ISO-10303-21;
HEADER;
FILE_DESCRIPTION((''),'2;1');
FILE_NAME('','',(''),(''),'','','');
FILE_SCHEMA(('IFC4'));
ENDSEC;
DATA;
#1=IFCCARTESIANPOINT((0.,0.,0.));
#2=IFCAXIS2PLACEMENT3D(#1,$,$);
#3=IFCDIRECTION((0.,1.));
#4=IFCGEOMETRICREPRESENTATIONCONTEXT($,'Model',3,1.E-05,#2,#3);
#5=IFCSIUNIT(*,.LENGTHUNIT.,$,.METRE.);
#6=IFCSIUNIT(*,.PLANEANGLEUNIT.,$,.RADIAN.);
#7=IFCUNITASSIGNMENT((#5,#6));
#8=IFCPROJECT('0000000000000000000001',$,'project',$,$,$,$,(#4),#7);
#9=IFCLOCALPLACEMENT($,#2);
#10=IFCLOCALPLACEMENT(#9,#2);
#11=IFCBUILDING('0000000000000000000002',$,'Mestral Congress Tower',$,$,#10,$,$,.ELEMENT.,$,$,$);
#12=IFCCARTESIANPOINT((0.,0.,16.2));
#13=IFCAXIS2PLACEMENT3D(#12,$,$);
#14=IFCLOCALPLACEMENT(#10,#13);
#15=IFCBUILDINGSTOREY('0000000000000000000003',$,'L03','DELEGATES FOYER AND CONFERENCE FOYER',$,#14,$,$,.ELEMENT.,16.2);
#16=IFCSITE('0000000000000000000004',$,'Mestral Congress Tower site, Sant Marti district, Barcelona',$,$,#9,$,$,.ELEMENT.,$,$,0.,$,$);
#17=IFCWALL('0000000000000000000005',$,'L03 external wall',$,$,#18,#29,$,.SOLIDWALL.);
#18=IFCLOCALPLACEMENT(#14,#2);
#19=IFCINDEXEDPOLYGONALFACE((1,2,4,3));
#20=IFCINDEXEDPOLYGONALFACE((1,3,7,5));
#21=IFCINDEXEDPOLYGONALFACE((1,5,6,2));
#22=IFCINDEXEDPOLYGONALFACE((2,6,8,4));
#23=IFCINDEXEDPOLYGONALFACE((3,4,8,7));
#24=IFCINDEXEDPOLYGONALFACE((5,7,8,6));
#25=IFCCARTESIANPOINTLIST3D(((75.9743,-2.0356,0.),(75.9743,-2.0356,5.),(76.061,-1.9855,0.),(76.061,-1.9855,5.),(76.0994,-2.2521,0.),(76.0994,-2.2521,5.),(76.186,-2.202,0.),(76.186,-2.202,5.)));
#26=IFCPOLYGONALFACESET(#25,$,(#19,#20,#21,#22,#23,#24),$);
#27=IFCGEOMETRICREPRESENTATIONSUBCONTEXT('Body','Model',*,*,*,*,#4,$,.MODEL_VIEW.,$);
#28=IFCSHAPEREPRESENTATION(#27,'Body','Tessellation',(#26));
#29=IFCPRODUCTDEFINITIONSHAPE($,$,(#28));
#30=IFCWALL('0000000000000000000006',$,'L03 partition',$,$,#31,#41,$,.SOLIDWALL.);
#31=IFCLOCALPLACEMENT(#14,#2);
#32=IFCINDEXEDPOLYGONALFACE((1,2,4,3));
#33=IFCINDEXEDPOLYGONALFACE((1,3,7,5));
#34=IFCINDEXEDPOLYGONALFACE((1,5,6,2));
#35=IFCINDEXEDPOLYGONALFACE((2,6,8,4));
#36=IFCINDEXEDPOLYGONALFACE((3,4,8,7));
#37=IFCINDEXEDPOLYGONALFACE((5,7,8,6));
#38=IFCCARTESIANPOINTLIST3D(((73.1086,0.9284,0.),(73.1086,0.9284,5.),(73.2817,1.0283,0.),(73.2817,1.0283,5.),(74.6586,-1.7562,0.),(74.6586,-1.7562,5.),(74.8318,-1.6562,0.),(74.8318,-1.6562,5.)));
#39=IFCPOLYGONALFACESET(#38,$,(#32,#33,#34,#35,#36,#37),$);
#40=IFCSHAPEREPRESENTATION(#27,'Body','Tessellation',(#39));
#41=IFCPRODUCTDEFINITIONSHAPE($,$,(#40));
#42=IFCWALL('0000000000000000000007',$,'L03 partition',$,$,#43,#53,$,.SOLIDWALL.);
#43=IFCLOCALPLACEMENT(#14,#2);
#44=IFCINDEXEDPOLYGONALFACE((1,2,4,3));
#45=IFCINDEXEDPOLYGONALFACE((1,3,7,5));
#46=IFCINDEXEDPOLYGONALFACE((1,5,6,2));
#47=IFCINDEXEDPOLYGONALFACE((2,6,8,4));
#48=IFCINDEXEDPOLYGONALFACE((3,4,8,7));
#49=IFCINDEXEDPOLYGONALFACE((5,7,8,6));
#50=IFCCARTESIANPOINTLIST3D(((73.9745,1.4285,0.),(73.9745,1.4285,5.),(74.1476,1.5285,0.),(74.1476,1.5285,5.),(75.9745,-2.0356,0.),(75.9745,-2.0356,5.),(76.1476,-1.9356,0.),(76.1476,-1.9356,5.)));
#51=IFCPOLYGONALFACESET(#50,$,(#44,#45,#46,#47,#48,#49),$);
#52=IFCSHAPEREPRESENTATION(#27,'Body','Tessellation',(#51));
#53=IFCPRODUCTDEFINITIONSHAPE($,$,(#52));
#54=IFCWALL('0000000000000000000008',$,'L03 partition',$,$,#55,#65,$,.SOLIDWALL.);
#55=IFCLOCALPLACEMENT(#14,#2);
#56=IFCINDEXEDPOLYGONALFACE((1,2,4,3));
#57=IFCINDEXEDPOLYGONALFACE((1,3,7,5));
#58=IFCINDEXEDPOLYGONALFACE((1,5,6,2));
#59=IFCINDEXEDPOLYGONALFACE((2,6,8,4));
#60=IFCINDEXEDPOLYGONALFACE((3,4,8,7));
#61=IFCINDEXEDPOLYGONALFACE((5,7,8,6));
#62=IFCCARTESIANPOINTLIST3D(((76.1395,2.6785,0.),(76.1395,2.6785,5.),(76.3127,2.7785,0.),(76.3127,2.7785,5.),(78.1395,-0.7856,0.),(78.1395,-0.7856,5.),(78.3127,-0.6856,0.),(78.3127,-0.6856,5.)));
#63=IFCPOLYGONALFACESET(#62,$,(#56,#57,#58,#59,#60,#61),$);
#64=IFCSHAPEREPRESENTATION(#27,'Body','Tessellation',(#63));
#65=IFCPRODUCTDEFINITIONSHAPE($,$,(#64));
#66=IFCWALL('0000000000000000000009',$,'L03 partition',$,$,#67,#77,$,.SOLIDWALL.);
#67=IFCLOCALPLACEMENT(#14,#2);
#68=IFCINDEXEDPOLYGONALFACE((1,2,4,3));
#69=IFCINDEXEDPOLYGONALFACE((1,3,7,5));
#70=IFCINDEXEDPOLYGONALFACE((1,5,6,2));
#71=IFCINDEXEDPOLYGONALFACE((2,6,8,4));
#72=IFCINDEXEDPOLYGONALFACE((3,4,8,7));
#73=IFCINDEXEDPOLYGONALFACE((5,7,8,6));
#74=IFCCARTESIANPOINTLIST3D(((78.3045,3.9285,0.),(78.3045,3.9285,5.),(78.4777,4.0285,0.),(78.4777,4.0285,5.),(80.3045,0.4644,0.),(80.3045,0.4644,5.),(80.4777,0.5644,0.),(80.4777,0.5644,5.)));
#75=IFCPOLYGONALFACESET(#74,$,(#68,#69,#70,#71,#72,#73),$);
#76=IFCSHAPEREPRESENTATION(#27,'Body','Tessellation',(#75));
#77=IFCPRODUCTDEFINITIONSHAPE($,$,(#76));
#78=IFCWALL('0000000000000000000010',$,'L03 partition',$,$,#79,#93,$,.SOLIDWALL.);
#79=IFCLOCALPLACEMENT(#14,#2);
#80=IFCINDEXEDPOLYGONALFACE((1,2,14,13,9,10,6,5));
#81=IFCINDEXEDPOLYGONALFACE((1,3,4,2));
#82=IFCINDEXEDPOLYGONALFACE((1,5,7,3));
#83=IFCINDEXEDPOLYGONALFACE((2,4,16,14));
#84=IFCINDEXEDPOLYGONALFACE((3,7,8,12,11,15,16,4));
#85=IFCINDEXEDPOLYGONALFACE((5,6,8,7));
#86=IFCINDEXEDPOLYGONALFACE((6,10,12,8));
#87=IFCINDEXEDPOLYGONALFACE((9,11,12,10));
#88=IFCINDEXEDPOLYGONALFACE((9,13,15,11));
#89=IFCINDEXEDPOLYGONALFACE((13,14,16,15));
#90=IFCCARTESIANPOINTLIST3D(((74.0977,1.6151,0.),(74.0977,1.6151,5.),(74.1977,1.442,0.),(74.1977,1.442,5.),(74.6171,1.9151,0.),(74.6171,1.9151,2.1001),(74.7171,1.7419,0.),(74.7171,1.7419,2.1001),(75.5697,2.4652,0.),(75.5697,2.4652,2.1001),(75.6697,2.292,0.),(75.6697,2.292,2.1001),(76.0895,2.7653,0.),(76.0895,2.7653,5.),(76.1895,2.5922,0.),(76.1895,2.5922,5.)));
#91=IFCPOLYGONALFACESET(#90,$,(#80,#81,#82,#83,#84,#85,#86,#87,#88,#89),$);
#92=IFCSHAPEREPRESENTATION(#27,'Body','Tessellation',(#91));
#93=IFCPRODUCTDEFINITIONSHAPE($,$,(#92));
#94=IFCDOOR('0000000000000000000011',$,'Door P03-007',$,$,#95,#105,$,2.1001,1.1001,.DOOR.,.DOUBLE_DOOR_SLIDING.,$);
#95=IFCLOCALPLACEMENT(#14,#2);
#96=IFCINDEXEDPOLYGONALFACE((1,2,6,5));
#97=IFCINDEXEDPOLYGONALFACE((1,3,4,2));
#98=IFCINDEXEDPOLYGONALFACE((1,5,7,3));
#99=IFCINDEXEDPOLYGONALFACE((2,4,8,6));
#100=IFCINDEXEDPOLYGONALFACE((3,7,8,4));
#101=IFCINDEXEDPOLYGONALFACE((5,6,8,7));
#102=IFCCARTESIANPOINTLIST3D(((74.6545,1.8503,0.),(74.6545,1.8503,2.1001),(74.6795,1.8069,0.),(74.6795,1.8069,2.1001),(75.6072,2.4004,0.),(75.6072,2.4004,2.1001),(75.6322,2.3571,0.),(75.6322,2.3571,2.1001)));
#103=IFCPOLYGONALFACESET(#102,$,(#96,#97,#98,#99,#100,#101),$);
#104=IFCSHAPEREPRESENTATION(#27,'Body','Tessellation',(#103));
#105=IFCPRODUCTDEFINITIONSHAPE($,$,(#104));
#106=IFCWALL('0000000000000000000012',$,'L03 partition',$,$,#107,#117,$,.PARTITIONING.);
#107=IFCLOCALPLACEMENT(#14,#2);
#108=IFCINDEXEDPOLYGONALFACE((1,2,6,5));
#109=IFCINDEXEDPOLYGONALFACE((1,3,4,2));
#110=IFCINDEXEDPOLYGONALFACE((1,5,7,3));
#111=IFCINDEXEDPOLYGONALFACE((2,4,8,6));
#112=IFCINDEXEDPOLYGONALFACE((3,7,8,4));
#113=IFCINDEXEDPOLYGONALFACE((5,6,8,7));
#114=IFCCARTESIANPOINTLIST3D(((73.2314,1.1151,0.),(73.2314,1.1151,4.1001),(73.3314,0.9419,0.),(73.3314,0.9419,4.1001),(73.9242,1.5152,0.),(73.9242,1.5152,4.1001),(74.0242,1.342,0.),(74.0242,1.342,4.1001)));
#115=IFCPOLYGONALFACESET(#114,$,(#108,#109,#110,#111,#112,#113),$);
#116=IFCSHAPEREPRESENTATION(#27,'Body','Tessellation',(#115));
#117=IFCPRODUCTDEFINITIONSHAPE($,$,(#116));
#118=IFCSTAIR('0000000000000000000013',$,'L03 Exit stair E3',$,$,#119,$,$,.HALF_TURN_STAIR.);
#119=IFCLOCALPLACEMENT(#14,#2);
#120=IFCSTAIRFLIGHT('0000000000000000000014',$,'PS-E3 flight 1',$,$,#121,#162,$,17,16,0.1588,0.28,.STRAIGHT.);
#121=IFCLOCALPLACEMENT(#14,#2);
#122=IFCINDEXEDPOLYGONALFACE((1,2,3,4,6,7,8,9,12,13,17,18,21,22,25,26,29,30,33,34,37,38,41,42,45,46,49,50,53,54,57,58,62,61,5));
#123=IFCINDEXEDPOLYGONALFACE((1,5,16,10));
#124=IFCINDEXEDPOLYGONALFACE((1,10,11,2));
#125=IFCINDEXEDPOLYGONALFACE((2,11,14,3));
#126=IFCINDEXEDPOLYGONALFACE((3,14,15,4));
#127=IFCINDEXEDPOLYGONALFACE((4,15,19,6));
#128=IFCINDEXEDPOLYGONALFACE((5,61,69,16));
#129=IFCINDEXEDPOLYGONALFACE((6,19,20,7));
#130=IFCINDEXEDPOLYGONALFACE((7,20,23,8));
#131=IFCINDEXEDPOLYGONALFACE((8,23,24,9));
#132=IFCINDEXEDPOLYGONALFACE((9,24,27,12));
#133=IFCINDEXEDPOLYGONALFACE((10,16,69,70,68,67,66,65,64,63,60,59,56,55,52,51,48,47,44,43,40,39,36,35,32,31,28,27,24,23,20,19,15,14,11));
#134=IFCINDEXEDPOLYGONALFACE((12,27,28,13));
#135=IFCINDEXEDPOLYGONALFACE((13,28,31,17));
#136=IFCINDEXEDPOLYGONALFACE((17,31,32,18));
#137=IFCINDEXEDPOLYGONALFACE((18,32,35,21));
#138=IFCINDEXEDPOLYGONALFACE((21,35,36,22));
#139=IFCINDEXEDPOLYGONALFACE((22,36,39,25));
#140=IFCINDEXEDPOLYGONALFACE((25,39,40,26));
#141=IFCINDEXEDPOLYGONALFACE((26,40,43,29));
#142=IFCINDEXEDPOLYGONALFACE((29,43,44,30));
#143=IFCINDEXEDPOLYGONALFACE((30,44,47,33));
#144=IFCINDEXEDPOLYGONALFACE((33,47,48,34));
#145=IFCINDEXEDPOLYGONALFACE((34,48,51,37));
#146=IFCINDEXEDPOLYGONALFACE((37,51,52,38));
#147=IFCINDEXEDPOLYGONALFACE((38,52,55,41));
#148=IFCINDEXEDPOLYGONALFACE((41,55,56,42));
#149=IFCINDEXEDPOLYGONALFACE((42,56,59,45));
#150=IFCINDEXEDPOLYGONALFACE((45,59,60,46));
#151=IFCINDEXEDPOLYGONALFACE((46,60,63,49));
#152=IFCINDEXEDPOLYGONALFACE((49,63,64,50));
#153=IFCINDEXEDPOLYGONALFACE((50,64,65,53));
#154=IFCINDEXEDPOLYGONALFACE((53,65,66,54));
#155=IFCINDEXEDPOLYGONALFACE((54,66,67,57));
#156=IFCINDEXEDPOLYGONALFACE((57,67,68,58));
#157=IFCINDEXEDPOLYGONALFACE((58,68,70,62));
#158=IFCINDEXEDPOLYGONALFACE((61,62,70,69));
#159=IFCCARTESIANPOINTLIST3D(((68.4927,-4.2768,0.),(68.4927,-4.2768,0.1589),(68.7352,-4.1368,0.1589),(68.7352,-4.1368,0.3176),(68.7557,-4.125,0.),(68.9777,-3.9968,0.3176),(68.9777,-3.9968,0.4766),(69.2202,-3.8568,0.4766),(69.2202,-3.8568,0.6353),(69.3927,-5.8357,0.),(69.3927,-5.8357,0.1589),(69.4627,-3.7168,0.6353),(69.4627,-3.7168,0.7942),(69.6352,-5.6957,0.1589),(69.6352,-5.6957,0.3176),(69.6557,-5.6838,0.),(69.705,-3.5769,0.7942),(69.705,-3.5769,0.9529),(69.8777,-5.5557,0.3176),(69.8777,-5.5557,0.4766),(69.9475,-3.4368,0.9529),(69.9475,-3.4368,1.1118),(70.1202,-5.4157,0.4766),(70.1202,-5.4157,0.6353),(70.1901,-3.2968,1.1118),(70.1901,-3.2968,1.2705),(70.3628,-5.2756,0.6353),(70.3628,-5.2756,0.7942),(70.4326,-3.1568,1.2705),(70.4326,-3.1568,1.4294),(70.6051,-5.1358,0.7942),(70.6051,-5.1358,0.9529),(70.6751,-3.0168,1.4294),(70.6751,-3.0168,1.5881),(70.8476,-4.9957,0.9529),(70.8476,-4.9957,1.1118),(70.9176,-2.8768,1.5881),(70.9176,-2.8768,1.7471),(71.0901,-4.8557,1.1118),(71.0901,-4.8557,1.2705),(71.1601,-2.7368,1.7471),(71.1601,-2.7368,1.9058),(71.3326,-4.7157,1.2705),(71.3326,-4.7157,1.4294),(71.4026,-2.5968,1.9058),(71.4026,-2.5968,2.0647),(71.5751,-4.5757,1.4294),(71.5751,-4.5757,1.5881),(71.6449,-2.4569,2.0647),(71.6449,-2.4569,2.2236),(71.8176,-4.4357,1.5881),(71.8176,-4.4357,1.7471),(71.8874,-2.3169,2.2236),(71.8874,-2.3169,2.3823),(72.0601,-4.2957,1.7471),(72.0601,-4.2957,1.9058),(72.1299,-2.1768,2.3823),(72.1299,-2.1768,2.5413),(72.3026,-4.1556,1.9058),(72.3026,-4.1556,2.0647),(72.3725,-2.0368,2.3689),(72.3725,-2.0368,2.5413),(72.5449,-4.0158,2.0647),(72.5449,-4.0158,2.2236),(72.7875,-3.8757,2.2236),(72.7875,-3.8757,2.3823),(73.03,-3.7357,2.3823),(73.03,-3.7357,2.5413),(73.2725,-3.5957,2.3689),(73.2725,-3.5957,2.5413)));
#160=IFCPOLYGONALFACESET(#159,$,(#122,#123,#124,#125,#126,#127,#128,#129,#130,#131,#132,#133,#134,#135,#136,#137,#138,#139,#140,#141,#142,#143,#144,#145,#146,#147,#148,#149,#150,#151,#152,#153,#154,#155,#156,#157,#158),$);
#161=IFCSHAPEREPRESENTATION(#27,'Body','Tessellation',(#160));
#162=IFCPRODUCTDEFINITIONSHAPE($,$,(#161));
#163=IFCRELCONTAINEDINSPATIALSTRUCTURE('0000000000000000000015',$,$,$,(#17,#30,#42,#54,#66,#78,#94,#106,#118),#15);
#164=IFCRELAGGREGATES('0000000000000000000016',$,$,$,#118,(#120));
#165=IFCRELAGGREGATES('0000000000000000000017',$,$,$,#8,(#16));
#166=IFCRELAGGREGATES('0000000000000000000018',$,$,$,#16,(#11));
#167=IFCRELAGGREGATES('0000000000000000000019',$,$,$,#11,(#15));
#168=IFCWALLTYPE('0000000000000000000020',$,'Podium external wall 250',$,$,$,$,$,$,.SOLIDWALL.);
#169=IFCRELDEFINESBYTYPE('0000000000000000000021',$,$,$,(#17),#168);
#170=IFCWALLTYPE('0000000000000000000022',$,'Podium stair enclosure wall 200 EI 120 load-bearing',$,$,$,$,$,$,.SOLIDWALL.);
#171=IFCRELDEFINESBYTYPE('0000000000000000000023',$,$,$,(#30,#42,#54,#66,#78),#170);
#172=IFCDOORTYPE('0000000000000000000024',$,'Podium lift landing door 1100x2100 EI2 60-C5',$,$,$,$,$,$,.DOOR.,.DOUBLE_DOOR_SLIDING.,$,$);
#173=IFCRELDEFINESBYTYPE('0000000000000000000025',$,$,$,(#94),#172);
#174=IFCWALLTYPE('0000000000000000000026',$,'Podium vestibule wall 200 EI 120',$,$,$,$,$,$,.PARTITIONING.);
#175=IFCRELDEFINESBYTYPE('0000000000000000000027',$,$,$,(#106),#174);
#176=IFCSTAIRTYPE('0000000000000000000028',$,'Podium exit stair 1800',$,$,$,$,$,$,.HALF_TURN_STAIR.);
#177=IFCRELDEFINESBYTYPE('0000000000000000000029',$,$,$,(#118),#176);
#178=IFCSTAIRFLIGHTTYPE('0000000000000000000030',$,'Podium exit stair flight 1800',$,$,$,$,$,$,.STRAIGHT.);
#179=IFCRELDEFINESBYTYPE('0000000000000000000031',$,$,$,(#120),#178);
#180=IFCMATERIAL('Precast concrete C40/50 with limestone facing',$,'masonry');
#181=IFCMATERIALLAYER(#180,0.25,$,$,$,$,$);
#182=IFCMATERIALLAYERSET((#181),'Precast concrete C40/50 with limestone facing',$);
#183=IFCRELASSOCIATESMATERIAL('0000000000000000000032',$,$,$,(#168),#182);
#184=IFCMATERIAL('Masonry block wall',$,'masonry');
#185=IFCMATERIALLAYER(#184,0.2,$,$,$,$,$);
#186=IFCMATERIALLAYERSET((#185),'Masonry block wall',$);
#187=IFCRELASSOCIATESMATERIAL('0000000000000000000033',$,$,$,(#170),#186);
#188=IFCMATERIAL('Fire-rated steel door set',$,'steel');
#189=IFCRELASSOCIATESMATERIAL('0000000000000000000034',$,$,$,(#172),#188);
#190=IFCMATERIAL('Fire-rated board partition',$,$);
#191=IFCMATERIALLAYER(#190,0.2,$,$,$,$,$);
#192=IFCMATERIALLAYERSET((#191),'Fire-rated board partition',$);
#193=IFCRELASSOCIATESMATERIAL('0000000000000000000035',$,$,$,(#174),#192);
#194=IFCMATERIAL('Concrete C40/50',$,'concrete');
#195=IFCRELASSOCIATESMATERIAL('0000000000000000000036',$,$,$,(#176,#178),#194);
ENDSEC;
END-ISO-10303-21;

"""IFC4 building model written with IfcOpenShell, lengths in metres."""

from ifc_helpers import new_model, si_unit, direction, frame, frame_2d, origin, place, context, subcontext, project, spatial, polyline, rectangle, outline, extrude, material, layer, layer_set, type_object, element, fill, aggregate, save


model = new_model("IFC4")

# Units and contexts
model_context = context("Model", 3, precision=1e-05, world=origin(), true_north=direction((0.0, 1.0)))
body_context = subcontext(model_context, "Body", "Model", "MODEL_VIEW")
ifc_project = project(units=[si_unit("LENGTHUNIT", "METRE"), si_unit("PLANEANGLEUNIT", "RADIAN")], contexts=[model_context])

# Site, building, storey
site_placement = place(None, origin())
site = spatial("IfcSite", under=ifc_project, at=site_placement, Name="Mestral Congress Tower site, Sant Marti district, Barcelona", CompositionType="ELEMENT", RefElevation=0.0)
building_placement = place(site_placement, origin())
building = spatial("IfcBuilding", under=site, at=building_placement, Name="Mestral Congress Tower", CompositionType="ELEMENT")
storey_placement = place(building_placement, frame((0.0, 0.0, 16.2)))
storey = spatial("IfcBuildingStorey", under=building, at=storey_placement, Name="L03", Description="DELEGATES FOYER AND CONFERENCE FOYER", CompositionType="ELEMENT", Elevation=16.2)

# Shared definitions
ifc_material_1 = material(Name="Precast concrete C40/50 with limestone facing", Category="masonry")
ifc_layer_1 = layer(ifc_material_1, 0.25)
ifc_layer_set_1 = layer_set([ifc_layer_1], Name="Precast concrete C40/50 with limestone facing")
wall_type_1 = type_object("IfcWallType", Name="Podium external wall 250", PredefinedType="SOLIDWALL", material=ifc_layer_set_1)

# Walls
wall_1_placement = place(storey_placement, frame((76.1235, -2.0938, 0.0), z_axis=(0.0, 0.0, 1.0), x_axis=(-0.865982, -0.500074, 0.0)))
element("IfcWall", 1, at=wall_1_placement, inside=storey, type_object=wall_type_1, Name="L03 external wall", PredefinedType="SOLIDWALL", context=body_context, shape_type="SweptSolid", body=[
    extrude(rectangle(XDim=0.1001, YDim=0.25, at=frame_2d((0.05, 0.0))), origin(), (0.0, 0.0, 1.0), 5.0),
])
ifc_material_2 = material(Name="Masonry block wall", Category="masonry")
ifc_layer_2 = layer(ifc_material_2, 0.2)
ifc_layer_set_2 = layer_set([ifc_layer_2], Name="Masonry block wall")
wall_type_2 = type_object("IfcWallType", Name="Podium stair enclosure wall 200 EI 120 load-bearing", PredefinedType="SOLIDWALL", material=ifc_layer_set_2)
wall_2_placement = place(storey_placement, frame((74.7451, -1.7061, 0.0), z_axis=(0.0, 0.0, 1.0), x_axis=(-0.500027, 0.86601, 0.0)))
element("IfcWall", 2, at=wall_2_placement, inside=storey, type_object=wall_type_2, Name="L03 partition", PredefinedType="SOLIDWALL", context=body_context, shape_type="SweptSolid", body=[
    extrude(rectangle(XDim=3.0999, YDim=0.2, at=frame_2d((1.5498, 0.0))), origin(), (0.0, 0.0, 1.0), 5.0),
])
for number, where, z_axis, x_axis, name in (
    (3, (76.061, -1.9856, 0.0), (0.0, 0.0, 1.0), (-0.499999, 0.866026, 0.0), "L03 partition"),
    (4, (78.2261, -0.7356, 0.0), (0.0, 0.0, 1.0), (-0.499999, 0.866026, 0.0), "L03 partition"),
    (5, (80.3911, 0.5144, 0.0), (0.0, 0.0, 1.0), (-0.499999, 0.866026, 0.0), "L03 partition"),
):
    element("IfcWall", number, at=place(storey_placement, frame(where, z_axis=z_axis, x_axis=x_axis)), inside=storey, type_object=wall_type_2, Name=name, PredefinedType="SOLIDWALL", context=body_context, shape_type="SweptSolid", body=[
        extrude(rectangle(XDim=4.0, YDim=0.2, at=frame_2d((2.0, 0.0))), origin(), (0.0, 0.0, 1.0), 5.0),
    ])

# Wall, opening, door
wall_3_placement = place(storey_placement, frame((76.1394, 2.6787, 0.0), z_axis=(0.0, 0.0, 1.0), x_axis=(-0.865981, -0.500078, 0.0)))
wall_3 = element("IfcWall", 6, at=wall_3_placement, inside=storey, type_object=wall_type_2, Name="L03 partition", PredefinedType="SOLIDWALL", context=body_context, shape_type="SweptSolid", body=[
    extrude(rectangle(XDim=2.3, YDim=0.2, at=frame_2d((1.1499, 0.0))), origin(), (0.0, 0.0, 1.0), 5.0),
])
opening_1_placement = place(wall_3_placement, frame((0.6001, 0.0, 0.0)))
opening_1 = element("IfcOpeningElement", 7, at=opening_1_placement, cuts=wall_3, PredefinedType="OPENING", context=body_context, shape_type="SweptSolid", body=[
    extrude(rectangle(XDim=1.1001, YDim=2.1001, at=frame_2d((0.55, 1.05))), frame((0.0, 0.1099, 0.0), z_axis=(0.0, -1.0, 0.0), x_axis=(1.0, 0.0, 0.0)), (0.0, 0.0, 1.0), 0.22),
])
ifc_material_3 = material(Name="Fire-rated steel door set", Category="steel")
door_type = type_object("IfcDoorType", Name="Podium lift landing door 1100x2100 EI2 60-C5", OperationType="DOUBLE_DOOR_SLIDING", PredefinedType="DOOR", material=ifc_material_3)
door_placement = place(opening_1_placement, origin())
door = element("IfcDoor", 8, at=door_placement, inside=storey, type_object=door_type, Name="Door P03-007", OperationType="DOUBLE_DOOR_SLIDING", OverallHeight=2.1001, OverallWidth=1.1001, PredefinedType="DOOR", context=body_context, shape_type="SweptSolid", body=[
    extrude(rectangle(XDim=1.1001, YDim=2.1001, at=frame_2d((0.55, 1.05))), frame((0.0, 0.0249, 0.0), z_axis=(0.0, -1.0, 0.0), x_axis=(1.0, 0.0, 0.0)), (0.0, 0.0, 1.0), 0.05),
])
fill(opening_1, door)

# Wall
ifc_material_4 = material(Name="Fire-rated board partition")
ifc_layer_3 = layer(ifc_material_4, 0.2)
ifc_layer_set_3 = layer_set([ifc_layer_3], Name="Fire-rated board partition")
wall_type_3 = type_object("IfcWallType", Name="Podium vestibule wall 200 EI 120", PredefinedType="PARTITIONING", material=ifc_layer_set_3)
wall_4_placement = place(storey_placement, frame((73.2815, 1.0286, 0.0), z_axis=(0.0, 0.0, 1.0), x_axis=(0.865962, 0.50011, 0.0)))
element("IfcWall", 9, at=wall_4_placement, inside=storey, type_object=wall_type_3, Name="L03 partition", PredefinedType="PARTITIONING", context=body_context, shape_type="SweptSolid", body=[
    extrude(rectangle(XDim=0.8, YDim=0.2, at=frame_2d((0.3999, 0.0))), origin(), (0.0, 0.0, 1.0), 4.1001),
])

# Stair, stair flight
ifc_material_5 = material(Name="Concrete C40/50", Category="concrete")
stair_type = type_object("IfcStairType", Name="Podium exit stair 1800", PredefinedType="HALF_TURN_STAIR", material=ifc_material_5)
stair_placement = place(storey_placement, origin())
stair = element("IfcStair", 10, at=stair_placement, inside=storey, type_object=stair_type, Name="L03 Exit stair E3", PredefinedType="HALF_TURN_STAIR")
stair_flight_type = type_object("IfcStairFlightType", Name="Podium exit stair flight 1800", PredefinedType="STRAIGHT", material=ifc_material_5)
stair_flight_1_placement = place(storey_placement, frame((68.9426, -5.0562, 0.0), z_axis=(0.0, 0.0, 1.0), x_axis=(0.866025, 0.5, 0.0)))
stair_flight_1 = element("IfcStairFlight", 11, at=stair_flight_1_placement, type_object=stair_flight_type, Name="PS-E3 flight 1", NumberOfRisers=17, NumberOfTreads=16, PredefinedType="STRAIGHT", RiserHeight=0.1588, TreadLength=0.28, context=body_context, shape_type="SweptSolid", body=[
    extrude(outline(polyline([(0.0, 0.0), (0.0, 0.1589), (0.28, 0.1589), (0.28, 0.3176), (0.5601, 0.3176), (0.5601, 0.4766), (0.8401, 0.4766), (0.8401, 0.6353), (1.1201, 0.6353), (1.1201, 0.7942), (1.3999, 0.7942), (1.3999, 0.9529), (1.6799, 0.9529), (1.6799, 1.1118), (1.96, 1.1118), (1.96, 1.2705), (2.24, 1.2705), (2.24, 1.4294), (2.52, 1.4294), (2.52, 1.5881), (2.8, 1.5881), (2.8, 1.7471), (3.0801, 1.7471), (3.0801, 1.9058), (3.3601, 1.9058), (3.3601, 2.0647), (3.6399, 2.0647), (3.6399, 2.2236), (3.9199, 2.2236), (3.9199, 2.3823), (4.2, 2.3823), (4.2, 2.5413), (4.48, 2.5413), (4.48, 2.7), (4.48, 2.3689), (0.3037, 0.0), (0.0, 0.0)])), frame((0.0, 0.8999, 0.0), z_axis=(0.0, -1.0, 0.0), x_axis=(1.0, 0.0, 0.0)), (0.0, 0.0, 1.0), 1.8),
])
aggregate(stair, [stair_flight_1])

save(model, "model.ifc")
